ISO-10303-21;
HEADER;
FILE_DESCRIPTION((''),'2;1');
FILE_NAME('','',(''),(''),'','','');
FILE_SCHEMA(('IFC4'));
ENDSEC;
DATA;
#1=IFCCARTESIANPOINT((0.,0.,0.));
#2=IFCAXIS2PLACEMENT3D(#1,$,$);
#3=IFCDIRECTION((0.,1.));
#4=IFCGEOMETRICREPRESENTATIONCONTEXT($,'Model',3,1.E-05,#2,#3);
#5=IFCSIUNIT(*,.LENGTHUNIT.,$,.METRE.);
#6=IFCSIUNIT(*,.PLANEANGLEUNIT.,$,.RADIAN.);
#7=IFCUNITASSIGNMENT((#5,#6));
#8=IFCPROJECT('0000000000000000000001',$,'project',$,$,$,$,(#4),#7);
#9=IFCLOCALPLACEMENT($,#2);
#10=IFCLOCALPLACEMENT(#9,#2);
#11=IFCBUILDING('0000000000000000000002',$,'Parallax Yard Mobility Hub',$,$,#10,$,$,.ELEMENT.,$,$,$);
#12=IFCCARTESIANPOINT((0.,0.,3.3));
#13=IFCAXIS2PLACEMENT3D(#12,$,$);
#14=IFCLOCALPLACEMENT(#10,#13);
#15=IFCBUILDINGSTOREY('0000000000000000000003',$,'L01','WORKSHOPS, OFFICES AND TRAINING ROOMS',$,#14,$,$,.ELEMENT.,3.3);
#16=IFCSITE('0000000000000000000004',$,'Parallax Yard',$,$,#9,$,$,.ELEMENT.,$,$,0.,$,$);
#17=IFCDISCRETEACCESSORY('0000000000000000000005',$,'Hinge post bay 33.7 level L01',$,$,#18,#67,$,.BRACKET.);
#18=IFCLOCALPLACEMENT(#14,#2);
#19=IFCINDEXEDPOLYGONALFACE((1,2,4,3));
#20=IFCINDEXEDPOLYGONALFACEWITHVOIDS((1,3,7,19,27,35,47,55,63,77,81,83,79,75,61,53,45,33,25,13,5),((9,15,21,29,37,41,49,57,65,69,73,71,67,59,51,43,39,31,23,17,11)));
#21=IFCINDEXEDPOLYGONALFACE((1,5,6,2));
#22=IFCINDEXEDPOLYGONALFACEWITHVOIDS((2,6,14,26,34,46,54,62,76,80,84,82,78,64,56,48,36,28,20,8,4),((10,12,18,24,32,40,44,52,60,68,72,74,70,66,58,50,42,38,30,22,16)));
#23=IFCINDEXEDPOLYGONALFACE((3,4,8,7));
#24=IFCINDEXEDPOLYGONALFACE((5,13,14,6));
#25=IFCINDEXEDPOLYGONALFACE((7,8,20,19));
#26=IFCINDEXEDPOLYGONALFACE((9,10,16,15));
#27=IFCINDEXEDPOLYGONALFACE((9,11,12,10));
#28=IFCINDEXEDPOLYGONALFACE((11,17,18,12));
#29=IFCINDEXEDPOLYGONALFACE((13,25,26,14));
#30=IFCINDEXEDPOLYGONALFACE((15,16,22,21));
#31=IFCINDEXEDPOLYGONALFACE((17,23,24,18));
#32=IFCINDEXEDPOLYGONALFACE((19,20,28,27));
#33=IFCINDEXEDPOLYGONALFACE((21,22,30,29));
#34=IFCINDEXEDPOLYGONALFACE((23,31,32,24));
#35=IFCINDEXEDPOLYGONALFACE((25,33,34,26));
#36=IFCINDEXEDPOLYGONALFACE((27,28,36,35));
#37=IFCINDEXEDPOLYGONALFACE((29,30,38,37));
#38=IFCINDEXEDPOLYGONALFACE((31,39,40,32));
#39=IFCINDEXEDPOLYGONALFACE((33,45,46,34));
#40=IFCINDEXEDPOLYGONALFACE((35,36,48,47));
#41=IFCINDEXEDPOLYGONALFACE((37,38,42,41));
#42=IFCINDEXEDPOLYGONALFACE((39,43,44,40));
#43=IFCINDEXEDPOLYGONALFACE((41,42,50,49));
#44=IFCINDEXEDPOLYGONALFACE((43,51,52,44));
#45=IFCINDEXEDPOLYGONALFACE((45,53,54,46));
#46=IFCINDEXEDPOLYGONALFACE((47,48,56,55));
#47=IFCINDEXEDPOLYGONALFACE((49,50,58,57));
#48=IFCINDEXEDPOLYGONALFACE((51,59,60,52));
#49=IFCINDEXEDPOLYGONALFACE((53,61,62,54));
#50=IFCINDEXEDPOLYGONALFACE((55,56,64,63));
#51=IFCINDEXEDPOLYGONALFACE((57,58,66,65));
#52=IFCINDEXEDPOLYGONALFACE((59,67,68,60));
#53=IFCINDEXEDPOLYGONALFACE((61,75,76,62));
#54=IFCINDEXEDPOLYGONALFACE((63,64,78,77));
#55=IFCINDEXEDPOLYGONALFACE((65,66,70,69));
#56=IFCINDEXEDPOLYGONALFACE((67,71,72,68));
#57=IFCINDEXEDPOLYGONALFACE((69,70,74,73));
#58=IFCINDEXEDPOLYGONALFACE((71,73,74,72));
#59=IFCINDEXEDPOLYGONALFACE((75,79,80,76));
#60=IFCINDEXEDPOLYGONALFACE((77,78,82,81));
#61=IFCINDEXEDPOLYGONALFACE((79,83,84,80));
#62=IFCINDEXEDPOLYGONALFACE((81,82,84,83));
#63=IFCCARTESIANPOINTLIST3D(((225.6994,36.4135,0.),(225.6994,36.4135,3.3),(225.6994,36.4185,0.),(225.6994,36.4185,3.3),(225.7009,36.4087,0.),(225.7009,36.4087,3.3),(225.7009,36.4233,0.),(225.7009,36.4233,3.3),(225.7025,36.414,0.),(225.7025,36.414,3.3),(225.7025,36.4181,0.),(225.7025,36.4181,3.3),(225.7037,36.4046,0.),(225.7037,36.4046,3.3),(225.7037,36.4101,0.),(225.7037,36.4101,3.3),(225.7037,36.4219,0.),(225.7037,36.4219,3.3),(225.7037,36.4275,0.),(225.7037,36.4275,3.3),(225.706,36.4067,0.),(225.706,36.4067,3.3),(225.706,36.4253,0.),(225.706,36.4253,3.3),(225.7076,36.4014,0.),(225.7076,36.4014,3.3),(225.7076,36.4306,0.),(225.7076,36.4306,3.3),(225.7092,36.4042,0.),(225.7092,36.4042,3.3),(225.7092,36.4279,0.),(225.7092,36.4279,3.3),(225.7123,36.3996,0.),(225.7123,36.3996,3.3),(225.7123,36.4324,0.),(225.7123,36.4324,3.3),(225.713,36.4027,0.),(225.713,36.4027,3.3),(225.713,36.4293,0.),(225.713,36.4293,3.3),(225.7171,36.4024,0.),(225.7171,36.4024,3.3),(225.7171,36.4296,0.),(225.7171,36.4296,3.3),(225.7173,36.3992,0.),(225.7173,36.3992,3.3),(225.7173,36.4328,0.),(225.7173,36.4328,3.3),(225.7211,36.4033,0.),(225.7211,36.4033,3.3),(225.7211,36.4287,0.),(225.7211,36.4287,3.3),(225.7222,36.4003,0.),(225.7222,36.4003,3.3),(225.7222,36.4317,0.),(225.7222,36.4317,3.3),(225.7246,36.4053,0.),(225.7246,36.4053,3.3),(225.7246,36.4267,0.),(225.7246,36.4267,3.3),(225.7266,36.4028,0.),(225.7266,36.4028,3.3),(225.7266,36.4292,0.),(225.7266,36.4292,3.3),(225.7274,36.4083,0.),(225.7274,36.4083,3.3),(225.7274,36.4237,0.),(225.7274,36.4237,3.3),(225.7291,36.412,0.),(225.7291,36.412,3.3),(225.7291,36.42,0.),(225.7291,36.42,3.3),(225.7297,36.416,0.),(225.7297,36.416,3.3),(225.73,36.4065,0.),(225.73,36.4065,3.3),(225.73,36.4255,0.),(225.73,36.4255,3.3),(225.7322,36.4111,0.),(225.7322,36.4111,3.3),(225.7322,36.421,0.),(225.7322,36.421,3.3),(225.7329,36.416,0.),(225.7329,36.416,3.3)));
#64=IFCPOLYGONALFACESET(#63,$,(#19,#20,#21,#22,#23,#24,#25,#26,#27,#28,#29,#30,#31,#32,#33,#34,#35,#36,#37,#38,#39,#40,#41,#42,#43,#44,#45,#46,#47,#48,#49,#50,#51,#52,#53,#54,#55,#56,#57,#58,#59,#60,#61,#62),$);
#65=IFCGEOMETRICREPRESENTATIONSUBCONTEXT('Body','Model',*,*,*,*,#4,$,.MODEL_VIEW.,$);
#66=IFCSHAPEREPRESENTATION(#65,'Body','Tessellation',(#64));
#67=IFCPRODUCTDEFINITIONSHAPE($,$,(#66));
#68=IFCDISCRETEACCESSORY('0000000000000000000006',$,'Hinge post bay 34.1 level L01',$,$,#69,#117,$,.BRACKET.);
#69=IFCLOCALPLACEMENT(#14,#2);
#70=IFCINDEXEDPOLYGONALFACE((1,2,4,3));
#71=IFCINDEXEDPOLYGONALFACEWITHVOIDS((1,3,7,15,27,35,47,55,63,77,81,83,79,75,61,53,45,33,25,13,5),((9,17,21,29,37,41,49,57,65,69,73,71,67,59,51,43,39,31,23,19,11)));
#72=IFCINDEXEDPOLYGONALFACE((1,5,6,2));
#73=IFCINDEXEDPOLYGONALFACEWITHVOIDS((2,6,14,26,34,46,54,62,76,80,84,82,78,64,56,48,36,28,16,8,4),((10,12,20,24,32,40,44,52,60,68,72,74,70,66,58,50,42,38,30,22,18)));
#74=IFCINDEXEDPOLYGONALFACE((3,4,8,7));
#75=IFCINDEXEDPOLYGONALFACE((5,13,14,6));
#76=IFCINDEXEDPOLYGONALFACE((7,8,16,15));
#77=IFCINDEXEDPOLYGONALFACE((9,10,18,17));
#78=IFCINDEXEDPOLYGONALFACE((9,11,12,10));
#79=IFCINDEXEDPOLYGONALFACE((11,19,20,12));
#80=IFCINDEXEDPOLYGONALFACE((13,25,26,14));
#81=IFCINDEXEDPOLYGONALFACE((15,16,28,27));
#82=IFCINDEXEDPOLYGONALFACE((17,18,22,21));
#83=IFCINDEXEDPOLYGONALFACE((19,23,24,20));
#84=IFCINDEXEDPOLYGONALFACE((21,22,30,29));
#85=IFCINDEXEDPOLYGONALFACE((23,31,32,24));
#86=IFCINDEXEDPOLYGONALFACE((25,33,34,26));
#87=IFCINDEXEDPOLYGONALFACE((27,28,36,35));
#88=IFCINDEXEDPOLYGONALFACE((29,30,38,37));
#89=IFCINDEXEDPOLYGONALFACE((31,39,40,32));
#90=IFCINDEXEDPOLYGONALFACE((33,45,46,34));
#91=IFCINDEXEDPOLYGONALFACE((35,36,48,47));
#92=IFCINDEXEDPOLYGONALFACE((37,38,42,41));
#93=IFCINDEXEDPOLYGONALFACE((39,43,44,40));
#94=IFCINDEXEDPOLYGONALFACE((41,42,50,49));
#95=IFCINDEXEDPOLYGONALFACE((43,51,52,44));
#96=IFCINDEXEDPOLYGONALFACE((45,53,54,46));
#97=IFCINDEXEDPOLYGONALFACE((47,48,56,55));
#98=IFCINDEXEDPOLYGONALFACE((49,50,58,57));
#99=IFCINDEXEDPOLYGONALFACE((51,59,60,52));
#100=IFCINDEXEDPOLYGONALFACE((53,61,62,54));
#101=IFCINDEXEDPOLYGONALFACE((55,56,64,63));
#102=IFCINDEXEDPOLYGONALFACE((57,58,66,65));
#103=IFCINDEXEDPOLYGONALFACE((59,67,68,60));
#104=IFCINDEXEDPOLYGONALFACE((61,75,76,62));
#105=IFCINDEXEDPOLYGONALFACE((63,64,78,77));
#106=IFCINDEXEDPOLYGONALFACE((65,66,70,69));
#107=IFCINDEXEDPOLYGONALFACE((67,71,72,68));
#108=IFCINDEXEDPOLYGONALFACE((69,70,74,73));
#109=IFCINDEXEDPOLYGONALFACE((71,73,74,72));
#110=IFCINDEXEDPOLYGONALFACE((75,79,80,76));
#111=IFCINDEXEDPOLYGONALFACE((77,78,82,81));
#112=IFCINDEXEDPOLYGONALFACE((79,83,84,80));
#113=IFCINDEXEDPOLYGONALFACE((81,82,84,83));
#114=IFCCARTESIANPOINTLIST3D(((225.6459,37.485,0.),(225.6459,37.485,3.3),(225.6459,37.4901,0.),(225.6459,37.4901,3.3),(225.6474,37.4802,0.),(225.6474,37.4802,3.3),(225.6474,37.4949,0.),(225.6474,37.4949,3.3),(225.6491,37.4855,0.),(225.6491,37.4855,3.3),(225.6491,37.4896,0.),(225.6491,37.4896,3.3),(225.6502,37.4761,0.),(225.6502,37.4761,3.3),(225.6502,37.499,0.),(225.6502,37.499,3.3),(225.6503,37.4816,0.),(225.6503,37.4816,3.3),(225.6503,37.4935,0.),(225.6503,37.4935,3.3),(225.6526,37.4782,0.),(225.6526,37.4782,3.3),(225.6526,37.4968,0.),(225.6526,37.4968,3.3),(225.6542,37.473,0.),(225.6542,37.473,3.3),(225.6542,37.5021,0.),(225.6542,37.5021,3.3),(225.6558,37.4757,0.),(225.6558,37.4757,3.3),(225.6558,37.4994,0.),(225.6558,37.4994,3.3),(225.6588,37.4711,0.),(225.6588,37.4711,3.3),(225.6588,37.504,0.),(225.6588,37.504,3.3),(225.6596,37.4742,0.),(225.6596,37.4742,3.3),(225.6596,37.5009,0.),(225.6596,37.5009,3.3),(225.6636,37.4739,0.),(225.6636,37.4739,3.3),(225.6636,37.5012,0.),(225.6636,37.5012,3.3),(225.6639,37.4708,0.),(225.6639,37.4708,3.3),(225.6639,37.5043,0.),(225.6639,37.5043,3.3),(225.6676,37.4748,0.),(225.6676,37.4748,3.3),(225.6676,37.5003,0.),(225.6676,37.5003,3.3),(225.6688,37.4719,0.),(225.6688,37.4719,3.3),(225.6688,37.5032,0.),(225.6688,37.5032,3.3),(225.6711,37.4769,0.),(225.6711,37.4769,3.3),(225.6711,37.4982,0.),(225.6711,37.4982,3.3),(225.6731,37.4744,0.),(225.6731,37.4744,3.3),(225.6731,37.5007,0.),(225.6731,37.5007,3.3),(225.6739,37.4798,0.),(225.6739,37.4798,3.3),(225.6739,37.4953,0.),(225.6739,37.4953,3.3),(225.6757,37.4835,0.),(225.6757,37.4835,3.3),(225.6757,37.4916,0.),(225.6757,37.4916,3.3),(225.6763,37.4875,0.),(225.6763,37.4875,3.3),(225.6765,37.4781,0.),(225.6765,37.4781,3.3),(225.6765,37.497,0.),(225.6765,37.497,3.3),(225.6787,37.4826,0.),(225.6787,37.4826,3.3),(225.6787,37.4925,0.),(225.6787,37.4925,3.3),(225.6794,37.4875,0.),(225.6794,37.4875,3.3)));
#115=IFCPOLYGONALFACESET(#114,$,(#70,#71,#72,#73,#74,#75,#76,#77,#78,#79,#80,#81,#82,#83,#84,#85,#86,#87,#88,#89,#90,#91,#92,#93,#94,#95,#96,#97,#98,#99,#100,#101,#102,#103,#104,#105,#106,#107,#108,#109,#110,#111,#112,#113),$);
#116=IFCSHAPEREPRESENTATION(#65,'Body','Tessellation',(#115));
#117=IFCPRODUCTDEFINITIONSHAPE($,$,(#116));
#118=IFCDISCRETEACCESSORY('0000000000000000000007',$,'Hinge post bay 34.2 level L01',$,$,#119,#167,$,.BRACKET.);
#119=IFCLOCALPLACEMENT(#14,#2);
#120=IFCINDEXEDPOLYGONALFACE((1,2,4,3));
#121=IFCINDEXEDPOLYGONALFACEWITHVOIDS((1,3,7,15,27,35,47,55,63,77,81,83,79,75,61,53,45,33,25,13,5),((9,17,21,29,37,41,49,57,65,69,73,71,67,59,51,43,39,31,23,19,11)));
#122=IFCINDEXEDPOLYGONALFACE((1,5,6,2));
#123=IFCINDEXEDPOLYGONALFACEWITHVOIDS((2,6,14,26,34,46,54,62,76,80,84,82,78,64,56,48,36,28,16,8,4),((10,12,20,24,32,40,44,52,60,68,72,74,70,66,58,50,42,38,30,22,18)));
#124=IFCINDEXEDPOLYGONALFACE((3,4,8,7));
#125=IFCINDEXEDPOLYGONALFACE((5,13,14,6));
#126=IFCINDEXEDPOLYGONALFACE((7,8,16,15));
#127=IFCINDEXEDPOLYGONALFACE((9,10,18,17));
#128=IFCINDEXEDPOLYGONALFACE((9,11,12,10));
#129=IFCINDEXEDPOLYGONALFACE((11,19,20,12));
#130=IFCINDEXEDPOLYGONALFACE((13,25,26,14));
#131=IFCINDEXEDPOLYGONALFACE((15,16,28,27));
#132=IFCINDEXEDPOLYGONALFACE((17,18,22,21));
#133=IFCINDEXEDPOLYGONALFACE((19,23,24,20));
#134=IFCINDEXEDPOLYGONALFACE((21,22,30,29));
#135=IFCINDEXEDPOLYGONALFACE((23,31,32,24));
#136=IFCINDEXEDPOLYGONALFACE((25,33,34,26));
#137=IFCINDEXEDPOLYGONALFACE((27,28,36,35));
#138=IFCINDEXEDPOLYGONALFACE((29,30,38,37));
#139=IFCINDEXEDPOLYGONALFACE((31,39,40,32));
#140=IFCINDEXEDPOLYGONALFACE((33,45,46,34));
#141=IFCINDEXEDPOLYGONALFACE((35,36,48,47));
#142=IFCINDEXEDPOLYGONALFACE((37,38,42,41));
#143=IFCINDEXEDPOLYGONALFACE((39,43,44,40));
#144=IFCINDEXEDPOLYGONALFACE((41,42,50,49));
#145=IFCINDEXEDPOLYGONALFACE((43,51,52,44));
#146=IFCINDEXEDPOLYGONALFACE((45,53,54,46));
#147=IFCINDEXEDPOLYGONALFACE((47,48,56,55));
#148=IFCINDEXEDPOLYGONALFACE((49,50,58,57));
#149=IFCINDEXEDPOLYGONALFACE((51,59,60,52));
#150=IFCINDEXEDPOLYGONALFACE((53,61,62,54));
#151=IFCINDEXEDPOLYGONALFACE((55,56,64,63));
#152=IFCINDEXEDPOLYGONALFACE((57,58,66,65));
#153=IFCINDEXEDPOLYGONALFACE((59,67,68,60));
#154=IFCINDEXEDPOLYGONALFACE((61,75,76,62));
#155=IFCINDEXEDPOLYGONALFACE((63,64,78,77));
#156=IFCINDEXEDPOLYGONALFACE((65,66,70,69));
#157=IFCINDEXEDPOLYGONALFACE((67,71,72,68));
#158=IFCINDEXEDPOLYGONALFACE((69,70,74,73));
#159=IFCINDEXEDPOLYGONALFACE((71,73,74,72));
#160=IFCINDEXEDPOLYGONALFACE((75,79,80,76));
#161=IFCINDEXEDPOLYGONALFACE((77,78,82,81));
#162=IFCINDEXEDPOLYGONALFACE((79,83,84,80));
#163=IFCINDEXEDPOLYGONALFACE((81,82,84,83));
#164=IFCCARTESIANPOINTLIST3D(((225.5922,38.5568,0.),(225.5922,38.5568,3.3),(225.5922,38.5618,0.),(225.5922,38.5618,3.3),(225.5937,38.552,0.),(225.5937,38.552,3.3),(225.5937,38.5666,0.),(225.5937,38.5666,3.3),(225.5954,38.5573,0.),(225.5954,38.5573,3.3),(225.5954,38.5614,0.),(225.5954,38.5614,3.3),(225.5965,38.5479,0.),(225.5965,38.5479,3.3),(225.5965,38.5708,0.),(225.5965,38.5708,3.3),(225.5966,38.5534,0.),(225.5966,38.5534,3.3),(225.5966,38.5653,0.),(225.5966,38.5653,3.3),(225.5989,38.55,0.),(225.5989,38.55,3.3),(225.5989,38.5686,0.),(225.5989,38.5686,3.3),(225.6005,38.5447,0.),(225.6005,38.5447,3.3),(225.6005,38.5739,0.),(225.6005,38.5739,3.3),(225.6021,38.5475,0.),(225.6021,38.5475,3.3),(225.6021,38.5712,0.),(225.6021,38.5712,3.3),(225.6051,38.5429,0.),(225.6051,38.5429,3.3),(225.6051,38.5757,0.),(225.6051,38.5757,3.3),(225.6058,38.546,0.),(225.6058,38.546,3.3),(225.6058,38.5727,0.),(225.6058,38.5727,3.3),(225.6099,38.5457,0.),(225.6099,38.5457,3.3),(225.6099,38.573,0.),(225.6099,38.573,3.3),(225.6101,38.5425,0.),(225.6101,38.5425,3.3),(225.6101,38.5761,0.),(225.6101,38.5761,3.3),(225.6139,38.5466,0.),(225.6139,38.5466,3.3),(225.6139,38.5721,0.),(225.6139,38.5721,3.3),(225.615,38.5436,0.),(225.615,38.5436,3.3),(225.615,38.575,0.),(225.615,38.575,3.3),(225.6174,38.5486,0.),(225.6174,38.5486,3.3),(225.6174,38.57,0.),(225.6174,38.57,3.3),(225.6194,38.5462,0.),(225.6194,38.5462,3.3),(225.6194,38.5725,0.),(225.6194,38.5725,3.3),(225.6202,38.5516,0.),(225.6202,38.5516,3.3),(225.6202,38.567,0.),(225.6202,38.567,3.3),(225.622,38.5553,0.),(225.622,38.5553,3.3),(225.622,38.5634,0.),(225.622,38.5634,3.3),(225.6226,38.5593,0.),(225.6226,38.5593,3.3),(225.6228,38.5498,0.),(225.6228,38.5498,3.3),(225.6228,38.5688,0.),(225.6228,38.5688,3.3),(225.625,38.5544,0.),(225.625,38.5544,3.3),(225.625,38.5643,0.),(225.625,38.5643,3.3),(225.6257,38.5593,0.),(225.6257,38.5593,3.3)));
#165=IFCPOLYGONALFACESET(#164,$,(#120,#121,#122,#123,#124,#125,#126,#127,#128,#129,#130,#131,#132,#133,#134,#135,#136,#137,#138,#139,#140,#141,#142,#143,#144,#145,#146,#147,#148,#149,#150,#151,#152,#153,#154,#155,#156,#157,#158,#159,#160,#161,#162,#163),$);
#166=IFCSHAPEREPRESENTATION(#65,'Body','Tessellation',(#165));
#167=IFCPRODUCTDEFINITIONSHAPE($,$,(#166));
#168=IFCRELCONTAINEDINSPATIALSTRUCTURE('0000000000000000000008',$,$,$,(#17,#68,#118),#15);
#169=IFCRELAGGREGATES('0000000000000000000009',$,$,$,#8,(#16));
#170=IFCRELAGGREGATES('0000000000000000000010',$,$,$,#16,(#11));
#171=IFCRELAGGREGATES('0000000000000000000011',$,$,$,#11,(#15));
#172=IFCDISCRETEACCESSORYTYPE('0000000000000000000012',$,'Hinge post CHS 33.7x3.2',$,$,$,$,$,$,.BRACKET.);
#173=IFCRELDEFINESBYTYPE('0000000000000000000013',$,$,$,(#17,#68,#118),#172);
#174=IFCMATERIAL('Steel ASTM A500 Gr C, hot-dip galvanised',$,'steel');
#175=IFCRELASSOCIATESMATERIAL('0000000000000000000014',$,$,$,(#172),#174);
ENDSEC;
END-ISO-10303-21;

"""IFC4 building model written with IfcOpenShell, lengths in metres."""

from ifc_helpers import new_model, si_unit, direction, frame, origin, origin_2d, place, context, subcontext, project, spatial, hollow_circle, extrude, material, material_profile, profile_set, type_object, element, save


model = new_model("IFC4")

# Units and contexts
model_context = context("Model", 3, precision=1e-05, world=origin(), true_north=direction((0.0, 1.0)))
body_context = subcontext(model_context, "Body", "Model", "MODEL_VIEW")
ifc_project = project(units=[si_unit("LENGTHUNIT", "METRE"), si_unit("PLANEANGLEUNIT", "RADIAN")], contexts=[model_context])

# Site, building, storey
site_placement = place(None, origin())
site = spatial("IfcSite", under=ifc_project, at=site_placement, Name="Parallax Yard", CompositionType="ELEMENT", RefElevation=0.0)
building_placement = place(site_placement, origin())
building = spatial("IfcBuilding", under=site, at=building_placement, Name="Parallax Yard Mobility Hub", CompositionType="ELEMENT")
storey_placement = place(building_placement, frame((0.0, 0.0, 3.3)))
storey = spatial("IfcBuildingStorey", under=building, at=storey_placement, Name="L01", Description="WORKSHOPS, OFFICES AND TRAINING ROOMS", CompositionType="ELEMENT", Elevation=3.3)

# Discrete accessories
ifc_material_1 = material(Name="Steel ASTM A500 Gr C, hot-dip galvanised", Category="steel")
ifc_material_profile = material_profile(ifc_material_1, hollow_circle(Radius=0.0168, WallThickness=0.0032, at=origin_2d()), Name="CHS 33.7x3.2")
ifc_profile_set = profile_set([ifc_material_profile], Name="Steel ASTM A500 Gr C, hot-dip galvanised")
discrete_accessory_type = type_object("IfcDiscreteAccessoryType", Name="Hinge post CHS 33.7x3.2", PredefinedType="BRACKET", material=ifc_profile_set)
for number, where, z_axis, x_axis, name in (
    (1, (225.7161, 36.416, 0.0), (0.0, 0.0, 1.0), (1.0, 0.0, 0.0), "Hinge post bay 33.7 level L01"),
    (2, (225.6626, 37.4875, 0.0), (0.0, 0.0, 1.0), (1.0, 0.0, 0.0), "Hinge post bay 34.1 level L01"),
    (3, (225.6089, 38.5593, 0.0), (0.0, 0.0, 1.0), (1.0, 0.0, 0.0), "Hinge post bay 34.2 level L01"),
):
    element("IfcDiscreteAccessory", number, at=place(storey_placement, frame(where, z_axis=z_axis, x_axis=x_axis)), inside=storey, type_object=discrete_accessory_type, Name=name, PredefinedType="BRACKET", context=body_context, shape_type="SweptSolid", body=[
        extrude(hollow_circle(Radius=0.0168, WallThickness=0.0032, at=origin_2d()), origin(), (0.0, 0.0, 1.0), 3.3),
    ])

save(model, "model.ifc")
